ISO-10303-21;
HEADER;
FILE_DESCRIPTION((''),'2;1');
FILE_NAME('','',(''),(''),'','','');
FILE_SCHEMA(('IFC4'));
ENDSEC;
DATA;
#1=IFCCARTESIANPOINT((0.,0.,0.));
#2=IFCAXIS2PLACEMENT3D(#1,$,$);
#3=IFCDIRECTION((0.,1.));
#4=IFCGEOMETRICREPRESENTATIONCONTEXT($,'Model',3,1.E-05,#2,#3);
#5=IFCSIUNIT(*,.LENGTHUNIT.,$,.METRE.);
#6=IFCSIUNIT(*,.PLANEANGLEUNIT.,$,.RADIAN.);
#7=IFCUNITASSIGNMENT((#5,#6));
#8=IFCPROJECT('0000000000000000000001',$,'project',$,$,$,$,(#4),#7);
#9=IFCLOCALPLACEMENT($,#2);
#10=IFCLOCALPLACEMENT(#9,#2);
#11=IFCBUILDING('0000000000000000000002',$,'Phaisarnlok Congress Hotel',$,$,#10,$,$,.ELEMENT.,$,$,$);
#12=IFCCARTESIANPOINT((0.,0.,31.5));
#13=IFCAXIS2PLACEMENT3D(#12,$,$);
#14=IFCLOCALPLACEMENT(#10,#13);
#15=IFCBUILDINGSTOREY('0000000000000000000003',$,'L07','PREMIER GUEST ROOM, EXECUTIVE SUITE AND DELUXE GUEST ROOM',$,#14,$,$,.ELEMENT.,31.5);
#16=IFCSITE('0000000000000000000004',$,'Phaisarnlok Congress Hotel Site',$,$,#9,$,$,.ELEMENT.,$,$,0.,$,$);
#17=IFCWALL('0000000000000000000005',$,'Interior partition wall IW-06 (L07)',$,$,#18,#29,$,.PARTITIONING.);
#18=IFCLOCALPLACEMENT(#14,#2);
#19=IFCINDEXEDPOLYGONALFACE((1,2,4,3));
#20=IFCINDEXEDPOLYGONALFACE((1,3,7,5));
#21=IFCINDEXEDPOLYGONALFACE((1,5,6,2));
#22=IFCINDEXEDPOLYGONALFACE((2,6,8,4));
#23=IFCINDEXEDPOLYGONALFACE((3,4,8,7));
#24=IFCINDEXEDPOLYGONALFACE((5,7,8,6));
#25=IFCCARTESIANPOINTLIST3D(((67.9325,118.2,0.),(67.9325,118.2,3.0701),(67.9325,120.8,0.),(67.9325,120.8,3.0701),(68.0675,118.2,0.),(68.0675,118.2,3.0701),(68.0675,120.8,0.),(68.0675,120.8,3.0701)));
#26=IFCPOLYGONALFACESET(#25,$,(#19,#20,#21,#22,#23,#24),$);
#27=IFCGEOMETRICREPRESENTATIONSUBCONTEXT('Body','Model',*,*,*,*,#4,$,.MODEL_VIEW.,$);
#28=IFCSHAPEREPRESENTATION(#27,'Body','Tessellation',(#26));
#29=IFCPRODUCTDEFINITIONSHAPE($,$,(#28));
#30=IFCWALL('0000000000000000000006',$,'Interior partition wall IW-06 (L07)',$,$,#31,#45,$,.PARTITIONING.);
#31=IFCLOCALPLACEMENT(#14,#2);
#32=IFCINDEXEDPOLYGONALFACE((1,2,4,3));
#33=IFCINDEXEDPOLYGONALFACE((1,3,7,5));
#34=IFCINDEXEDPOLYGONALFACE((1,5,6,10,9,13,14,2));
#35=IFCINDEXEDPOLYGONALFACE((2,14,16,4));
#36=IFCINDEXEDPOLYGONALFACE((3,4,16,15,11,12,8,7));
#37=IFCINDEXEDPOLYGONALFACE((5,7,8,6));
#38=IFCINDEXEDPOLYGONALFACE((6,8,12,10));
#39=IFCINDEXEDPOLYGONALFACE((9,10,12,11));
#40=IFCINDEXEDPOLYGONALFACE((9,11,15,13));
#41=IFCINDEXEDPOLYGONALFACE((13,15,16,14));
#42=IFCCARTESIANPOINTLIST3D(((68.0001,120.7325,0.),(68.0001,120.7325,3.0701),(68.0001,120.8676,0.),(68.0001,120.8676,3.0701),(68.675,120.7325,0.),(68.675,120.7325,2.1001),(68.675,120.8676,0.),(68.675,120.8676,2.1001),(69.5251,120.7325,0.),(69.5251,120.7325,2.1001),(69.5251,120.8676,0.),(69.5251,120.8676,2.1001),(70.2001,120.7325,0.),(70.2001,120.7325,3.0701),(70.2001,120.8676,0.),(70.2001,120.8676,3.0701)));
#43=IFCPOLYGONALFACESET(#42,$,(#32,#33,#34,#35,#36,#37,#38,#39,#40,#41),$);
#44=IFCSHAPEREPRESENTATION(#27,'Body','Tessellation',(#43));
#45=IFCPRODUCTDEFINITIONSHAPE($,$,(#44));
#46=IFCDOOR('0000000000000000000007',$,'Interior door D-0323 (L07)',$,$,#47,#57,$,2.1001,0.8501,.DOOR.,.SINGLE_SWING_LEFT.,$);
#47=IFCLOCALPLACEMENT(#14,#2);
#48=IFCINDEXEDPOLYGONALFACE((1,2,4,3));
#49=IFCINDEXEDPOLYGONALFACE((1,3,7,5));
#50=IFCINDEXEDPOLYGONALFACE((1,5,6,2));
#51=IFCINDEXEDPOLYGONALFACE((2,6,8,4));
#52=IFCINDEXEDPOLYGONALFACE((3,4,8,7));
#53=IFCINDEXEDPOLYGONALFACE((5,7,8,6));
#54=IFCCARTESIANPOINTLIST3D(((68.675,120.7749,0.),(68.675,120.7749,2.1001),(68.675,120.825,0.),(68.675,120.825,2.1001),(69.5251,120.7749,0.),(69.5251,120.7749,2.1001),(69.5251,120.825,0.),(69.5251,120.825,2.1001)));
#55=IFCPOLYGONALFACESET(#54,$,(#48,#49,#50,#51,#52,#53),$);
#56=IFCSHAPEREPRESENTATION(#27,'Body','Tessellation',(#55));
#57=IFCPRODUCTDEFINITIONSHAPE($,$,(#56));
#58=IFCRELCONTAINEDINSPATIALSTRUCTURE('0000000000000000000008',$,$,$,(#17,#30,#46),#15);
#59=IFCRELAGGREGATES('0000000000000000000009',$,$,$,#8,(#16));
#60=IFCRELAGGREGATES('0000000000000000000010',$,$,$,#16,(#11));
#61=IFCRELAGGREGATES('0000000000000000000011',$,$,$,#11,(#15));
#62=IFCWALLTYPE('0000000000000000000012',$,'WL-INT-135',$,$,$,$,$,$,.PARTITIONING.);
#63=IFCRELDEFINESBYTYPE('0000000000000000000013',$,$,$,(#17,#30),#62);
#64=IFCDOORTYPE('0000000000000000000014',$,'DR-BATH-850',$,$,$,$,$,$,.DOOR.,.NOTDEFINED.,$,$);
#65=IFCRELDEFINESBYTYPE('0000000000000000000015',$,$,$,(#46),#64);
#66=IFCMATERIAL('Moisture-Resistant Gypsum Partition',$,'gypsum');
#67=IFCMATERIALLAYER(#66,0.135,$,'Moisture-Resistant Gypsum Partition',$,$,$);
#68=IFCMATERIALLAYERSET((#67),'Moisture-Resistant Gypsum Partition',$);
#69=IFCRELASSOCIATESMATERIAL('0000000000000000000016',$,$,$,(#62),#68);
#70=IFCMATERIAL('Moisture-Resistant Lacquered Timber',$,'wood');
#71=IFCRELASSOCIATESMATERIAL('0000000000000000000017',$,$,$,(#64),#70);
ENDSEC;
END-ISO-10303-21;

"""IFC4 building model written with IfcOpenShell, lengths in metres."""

from ifc_helpers import new_model, si_unit, direction, frame, frame_2d, origin, place, context, subcontext, project, spatial, rectangle, extrude, material, layer, layer_set, type_object, element, fill, save


model = new_model("IFC4")

# Units and contexts
model_context = context("Model", 3, precision=1e-05, world=origin(), true_north=direction((0.0, 1.0)))
body_context = subcontext(model_context, "Body", "Model", "MODEL_VIEW")
ifc_project = project(units=[si_unit("LENGTHUNIT", "METRE"), si_unit("PLANEANGLEUNIT", "RADIAN")], contexts=[model_context])

# Site, building, storey
site_placement = place(None, origin())
site = spatial("IfcSite", under=ifc_project, at=site_placement, Name="Phaisarnlok Congress Hotel Site", CompositionType="ELEMENT", RefElevation=0.0)
building_placement = place(site_placement, origin())
building = spatial("IfcBuilding", under=site, at=building_placement, Name="Phaisarnlok Congress Hotel", CompositionType="ELEMENT")
storey_placement = place(building_placement, frame((0.0, 0.0, 31.5)))
storey = spatial("IfcBuildingStorey", under=building, at=storey_placement, Name="L07", Description="PREMIER GUEST ROOM, EXECUTIVE SUITE AND DELUXE GUEST ROOM", CompositionType="ELEMENT", Elevation=31.5)

# Wall
ifc_material_1 = material(Name="Moisture-Resistant Gypsum Partition", Category="gypsum")
ifc_layer_1 = layer(ifc_material_1, 0.135, Name="Moisture-Resistant Gypsum Partition")
ifc_layer_set_1 = layer_set([ifc_layer_1], Name="Moisture-Resistant Gypsum Partition")
wall_type_1 = type_object("IfcWallType", Name="WL-INT-135", PredefinedType="PARTITIONING", material=ifc_layer_set_1)
wall_1_placement = place(storey_placement, frame((68.0, 118.2, 0.0), z_axis=(0.0, 0.0, 1.0), x_axis=(0.0, 1.0, 0.0)))
element("IfcWall", 1, at=wall_1_placement, inside=storey, type_object=wall_type_1, Name="Interior partition wall IW-06 (L07)", PredefinedType="PARTITIONING", context=body_context, shape_type="SweptSolid", body=[
    extrude(rectangle(XDim=2.6001, YDim=0.135, at=frame_2d((1.3, 0.0))), origin(), (0.0, 0.0, 1.0), 3.0701),
])

# Wall, opening, door
wall_2_placement = place(storey_placement, frame((68.0, 120.8, 0.0), z_axis=(0.0, 0.0, 1.0), x_axis=(1.0, 0.0, 0.0)))
wall_2 = element("IfcWall", 2, at=wall_2_placement, inside=storey, type_object=wall_type_1, Name="Interior partition wall IW-06 (L07)", PredefinedType="PARTITIONING", context=body_context, shape_type="SweptSolid", body=[
    extrude(rectangle(XDim=2.2, YDim=0.135, at=frame_2d((1.1001, 0.0))), origin(), (0.0, 0.0, 1.0), 3.0701),
])
opening_1_placement = place(wall_2_placement, frame((0.675, 0.0, 0.0)))
opening_1 = element("IfcOpeningElement", 3, at=opening_1_placement, cuts=wall_2, PredefinedType="OPENING", context=body_context, shape_type="SweptSolid", body=[
    extrude(rectangle(XDim=0.8501, YDim=2.1001, at=frame_2d((0.425, 1.05))), frame((0.0, 0.0776, 0.0), z_axis=(0.0, -1.0, 0.0), x_axis=(1.0, 0.0, 0.0)), (0.0, 0.0, 1.0), 0.155),
])
ifc_material_2 = material(Name="Moisture-Resistant Lacquered Timber", Category="wood")
door_type = type_object("IfcDoorType", Name="DR-BATH-850", OperationType="NOTDEFINED", PredefinedType="DOOR", material=ifc_material_2)
door_placement = place(opening_1_placement, origin())
door = element("IfcDoor", 4, at=door_placement, inside=storey, type_object=door_type, Name="Interior door D-0323 (L07)", OperationType="SINGLE_SWING_LEFT", OverallHeight=2.1001, OverallWidth=0.8501, PredefinedType="DOOR", context=body_context, shape_type="SweptSolid", body=[
    extrude(rectangle(XDim=0.8501, YDim=2.1001, at=frame_2d((0.425, 1.05))), frame((0.0, 0.0249, 0.0), z_axis=(0.0, -1.0, 0.0), x_axis=(1.0, 0.0, 0.0)), (0.0, 0.0, 1.0), 0.05),
])
fill(opening_1, door)

save(model, "model.ifc")
